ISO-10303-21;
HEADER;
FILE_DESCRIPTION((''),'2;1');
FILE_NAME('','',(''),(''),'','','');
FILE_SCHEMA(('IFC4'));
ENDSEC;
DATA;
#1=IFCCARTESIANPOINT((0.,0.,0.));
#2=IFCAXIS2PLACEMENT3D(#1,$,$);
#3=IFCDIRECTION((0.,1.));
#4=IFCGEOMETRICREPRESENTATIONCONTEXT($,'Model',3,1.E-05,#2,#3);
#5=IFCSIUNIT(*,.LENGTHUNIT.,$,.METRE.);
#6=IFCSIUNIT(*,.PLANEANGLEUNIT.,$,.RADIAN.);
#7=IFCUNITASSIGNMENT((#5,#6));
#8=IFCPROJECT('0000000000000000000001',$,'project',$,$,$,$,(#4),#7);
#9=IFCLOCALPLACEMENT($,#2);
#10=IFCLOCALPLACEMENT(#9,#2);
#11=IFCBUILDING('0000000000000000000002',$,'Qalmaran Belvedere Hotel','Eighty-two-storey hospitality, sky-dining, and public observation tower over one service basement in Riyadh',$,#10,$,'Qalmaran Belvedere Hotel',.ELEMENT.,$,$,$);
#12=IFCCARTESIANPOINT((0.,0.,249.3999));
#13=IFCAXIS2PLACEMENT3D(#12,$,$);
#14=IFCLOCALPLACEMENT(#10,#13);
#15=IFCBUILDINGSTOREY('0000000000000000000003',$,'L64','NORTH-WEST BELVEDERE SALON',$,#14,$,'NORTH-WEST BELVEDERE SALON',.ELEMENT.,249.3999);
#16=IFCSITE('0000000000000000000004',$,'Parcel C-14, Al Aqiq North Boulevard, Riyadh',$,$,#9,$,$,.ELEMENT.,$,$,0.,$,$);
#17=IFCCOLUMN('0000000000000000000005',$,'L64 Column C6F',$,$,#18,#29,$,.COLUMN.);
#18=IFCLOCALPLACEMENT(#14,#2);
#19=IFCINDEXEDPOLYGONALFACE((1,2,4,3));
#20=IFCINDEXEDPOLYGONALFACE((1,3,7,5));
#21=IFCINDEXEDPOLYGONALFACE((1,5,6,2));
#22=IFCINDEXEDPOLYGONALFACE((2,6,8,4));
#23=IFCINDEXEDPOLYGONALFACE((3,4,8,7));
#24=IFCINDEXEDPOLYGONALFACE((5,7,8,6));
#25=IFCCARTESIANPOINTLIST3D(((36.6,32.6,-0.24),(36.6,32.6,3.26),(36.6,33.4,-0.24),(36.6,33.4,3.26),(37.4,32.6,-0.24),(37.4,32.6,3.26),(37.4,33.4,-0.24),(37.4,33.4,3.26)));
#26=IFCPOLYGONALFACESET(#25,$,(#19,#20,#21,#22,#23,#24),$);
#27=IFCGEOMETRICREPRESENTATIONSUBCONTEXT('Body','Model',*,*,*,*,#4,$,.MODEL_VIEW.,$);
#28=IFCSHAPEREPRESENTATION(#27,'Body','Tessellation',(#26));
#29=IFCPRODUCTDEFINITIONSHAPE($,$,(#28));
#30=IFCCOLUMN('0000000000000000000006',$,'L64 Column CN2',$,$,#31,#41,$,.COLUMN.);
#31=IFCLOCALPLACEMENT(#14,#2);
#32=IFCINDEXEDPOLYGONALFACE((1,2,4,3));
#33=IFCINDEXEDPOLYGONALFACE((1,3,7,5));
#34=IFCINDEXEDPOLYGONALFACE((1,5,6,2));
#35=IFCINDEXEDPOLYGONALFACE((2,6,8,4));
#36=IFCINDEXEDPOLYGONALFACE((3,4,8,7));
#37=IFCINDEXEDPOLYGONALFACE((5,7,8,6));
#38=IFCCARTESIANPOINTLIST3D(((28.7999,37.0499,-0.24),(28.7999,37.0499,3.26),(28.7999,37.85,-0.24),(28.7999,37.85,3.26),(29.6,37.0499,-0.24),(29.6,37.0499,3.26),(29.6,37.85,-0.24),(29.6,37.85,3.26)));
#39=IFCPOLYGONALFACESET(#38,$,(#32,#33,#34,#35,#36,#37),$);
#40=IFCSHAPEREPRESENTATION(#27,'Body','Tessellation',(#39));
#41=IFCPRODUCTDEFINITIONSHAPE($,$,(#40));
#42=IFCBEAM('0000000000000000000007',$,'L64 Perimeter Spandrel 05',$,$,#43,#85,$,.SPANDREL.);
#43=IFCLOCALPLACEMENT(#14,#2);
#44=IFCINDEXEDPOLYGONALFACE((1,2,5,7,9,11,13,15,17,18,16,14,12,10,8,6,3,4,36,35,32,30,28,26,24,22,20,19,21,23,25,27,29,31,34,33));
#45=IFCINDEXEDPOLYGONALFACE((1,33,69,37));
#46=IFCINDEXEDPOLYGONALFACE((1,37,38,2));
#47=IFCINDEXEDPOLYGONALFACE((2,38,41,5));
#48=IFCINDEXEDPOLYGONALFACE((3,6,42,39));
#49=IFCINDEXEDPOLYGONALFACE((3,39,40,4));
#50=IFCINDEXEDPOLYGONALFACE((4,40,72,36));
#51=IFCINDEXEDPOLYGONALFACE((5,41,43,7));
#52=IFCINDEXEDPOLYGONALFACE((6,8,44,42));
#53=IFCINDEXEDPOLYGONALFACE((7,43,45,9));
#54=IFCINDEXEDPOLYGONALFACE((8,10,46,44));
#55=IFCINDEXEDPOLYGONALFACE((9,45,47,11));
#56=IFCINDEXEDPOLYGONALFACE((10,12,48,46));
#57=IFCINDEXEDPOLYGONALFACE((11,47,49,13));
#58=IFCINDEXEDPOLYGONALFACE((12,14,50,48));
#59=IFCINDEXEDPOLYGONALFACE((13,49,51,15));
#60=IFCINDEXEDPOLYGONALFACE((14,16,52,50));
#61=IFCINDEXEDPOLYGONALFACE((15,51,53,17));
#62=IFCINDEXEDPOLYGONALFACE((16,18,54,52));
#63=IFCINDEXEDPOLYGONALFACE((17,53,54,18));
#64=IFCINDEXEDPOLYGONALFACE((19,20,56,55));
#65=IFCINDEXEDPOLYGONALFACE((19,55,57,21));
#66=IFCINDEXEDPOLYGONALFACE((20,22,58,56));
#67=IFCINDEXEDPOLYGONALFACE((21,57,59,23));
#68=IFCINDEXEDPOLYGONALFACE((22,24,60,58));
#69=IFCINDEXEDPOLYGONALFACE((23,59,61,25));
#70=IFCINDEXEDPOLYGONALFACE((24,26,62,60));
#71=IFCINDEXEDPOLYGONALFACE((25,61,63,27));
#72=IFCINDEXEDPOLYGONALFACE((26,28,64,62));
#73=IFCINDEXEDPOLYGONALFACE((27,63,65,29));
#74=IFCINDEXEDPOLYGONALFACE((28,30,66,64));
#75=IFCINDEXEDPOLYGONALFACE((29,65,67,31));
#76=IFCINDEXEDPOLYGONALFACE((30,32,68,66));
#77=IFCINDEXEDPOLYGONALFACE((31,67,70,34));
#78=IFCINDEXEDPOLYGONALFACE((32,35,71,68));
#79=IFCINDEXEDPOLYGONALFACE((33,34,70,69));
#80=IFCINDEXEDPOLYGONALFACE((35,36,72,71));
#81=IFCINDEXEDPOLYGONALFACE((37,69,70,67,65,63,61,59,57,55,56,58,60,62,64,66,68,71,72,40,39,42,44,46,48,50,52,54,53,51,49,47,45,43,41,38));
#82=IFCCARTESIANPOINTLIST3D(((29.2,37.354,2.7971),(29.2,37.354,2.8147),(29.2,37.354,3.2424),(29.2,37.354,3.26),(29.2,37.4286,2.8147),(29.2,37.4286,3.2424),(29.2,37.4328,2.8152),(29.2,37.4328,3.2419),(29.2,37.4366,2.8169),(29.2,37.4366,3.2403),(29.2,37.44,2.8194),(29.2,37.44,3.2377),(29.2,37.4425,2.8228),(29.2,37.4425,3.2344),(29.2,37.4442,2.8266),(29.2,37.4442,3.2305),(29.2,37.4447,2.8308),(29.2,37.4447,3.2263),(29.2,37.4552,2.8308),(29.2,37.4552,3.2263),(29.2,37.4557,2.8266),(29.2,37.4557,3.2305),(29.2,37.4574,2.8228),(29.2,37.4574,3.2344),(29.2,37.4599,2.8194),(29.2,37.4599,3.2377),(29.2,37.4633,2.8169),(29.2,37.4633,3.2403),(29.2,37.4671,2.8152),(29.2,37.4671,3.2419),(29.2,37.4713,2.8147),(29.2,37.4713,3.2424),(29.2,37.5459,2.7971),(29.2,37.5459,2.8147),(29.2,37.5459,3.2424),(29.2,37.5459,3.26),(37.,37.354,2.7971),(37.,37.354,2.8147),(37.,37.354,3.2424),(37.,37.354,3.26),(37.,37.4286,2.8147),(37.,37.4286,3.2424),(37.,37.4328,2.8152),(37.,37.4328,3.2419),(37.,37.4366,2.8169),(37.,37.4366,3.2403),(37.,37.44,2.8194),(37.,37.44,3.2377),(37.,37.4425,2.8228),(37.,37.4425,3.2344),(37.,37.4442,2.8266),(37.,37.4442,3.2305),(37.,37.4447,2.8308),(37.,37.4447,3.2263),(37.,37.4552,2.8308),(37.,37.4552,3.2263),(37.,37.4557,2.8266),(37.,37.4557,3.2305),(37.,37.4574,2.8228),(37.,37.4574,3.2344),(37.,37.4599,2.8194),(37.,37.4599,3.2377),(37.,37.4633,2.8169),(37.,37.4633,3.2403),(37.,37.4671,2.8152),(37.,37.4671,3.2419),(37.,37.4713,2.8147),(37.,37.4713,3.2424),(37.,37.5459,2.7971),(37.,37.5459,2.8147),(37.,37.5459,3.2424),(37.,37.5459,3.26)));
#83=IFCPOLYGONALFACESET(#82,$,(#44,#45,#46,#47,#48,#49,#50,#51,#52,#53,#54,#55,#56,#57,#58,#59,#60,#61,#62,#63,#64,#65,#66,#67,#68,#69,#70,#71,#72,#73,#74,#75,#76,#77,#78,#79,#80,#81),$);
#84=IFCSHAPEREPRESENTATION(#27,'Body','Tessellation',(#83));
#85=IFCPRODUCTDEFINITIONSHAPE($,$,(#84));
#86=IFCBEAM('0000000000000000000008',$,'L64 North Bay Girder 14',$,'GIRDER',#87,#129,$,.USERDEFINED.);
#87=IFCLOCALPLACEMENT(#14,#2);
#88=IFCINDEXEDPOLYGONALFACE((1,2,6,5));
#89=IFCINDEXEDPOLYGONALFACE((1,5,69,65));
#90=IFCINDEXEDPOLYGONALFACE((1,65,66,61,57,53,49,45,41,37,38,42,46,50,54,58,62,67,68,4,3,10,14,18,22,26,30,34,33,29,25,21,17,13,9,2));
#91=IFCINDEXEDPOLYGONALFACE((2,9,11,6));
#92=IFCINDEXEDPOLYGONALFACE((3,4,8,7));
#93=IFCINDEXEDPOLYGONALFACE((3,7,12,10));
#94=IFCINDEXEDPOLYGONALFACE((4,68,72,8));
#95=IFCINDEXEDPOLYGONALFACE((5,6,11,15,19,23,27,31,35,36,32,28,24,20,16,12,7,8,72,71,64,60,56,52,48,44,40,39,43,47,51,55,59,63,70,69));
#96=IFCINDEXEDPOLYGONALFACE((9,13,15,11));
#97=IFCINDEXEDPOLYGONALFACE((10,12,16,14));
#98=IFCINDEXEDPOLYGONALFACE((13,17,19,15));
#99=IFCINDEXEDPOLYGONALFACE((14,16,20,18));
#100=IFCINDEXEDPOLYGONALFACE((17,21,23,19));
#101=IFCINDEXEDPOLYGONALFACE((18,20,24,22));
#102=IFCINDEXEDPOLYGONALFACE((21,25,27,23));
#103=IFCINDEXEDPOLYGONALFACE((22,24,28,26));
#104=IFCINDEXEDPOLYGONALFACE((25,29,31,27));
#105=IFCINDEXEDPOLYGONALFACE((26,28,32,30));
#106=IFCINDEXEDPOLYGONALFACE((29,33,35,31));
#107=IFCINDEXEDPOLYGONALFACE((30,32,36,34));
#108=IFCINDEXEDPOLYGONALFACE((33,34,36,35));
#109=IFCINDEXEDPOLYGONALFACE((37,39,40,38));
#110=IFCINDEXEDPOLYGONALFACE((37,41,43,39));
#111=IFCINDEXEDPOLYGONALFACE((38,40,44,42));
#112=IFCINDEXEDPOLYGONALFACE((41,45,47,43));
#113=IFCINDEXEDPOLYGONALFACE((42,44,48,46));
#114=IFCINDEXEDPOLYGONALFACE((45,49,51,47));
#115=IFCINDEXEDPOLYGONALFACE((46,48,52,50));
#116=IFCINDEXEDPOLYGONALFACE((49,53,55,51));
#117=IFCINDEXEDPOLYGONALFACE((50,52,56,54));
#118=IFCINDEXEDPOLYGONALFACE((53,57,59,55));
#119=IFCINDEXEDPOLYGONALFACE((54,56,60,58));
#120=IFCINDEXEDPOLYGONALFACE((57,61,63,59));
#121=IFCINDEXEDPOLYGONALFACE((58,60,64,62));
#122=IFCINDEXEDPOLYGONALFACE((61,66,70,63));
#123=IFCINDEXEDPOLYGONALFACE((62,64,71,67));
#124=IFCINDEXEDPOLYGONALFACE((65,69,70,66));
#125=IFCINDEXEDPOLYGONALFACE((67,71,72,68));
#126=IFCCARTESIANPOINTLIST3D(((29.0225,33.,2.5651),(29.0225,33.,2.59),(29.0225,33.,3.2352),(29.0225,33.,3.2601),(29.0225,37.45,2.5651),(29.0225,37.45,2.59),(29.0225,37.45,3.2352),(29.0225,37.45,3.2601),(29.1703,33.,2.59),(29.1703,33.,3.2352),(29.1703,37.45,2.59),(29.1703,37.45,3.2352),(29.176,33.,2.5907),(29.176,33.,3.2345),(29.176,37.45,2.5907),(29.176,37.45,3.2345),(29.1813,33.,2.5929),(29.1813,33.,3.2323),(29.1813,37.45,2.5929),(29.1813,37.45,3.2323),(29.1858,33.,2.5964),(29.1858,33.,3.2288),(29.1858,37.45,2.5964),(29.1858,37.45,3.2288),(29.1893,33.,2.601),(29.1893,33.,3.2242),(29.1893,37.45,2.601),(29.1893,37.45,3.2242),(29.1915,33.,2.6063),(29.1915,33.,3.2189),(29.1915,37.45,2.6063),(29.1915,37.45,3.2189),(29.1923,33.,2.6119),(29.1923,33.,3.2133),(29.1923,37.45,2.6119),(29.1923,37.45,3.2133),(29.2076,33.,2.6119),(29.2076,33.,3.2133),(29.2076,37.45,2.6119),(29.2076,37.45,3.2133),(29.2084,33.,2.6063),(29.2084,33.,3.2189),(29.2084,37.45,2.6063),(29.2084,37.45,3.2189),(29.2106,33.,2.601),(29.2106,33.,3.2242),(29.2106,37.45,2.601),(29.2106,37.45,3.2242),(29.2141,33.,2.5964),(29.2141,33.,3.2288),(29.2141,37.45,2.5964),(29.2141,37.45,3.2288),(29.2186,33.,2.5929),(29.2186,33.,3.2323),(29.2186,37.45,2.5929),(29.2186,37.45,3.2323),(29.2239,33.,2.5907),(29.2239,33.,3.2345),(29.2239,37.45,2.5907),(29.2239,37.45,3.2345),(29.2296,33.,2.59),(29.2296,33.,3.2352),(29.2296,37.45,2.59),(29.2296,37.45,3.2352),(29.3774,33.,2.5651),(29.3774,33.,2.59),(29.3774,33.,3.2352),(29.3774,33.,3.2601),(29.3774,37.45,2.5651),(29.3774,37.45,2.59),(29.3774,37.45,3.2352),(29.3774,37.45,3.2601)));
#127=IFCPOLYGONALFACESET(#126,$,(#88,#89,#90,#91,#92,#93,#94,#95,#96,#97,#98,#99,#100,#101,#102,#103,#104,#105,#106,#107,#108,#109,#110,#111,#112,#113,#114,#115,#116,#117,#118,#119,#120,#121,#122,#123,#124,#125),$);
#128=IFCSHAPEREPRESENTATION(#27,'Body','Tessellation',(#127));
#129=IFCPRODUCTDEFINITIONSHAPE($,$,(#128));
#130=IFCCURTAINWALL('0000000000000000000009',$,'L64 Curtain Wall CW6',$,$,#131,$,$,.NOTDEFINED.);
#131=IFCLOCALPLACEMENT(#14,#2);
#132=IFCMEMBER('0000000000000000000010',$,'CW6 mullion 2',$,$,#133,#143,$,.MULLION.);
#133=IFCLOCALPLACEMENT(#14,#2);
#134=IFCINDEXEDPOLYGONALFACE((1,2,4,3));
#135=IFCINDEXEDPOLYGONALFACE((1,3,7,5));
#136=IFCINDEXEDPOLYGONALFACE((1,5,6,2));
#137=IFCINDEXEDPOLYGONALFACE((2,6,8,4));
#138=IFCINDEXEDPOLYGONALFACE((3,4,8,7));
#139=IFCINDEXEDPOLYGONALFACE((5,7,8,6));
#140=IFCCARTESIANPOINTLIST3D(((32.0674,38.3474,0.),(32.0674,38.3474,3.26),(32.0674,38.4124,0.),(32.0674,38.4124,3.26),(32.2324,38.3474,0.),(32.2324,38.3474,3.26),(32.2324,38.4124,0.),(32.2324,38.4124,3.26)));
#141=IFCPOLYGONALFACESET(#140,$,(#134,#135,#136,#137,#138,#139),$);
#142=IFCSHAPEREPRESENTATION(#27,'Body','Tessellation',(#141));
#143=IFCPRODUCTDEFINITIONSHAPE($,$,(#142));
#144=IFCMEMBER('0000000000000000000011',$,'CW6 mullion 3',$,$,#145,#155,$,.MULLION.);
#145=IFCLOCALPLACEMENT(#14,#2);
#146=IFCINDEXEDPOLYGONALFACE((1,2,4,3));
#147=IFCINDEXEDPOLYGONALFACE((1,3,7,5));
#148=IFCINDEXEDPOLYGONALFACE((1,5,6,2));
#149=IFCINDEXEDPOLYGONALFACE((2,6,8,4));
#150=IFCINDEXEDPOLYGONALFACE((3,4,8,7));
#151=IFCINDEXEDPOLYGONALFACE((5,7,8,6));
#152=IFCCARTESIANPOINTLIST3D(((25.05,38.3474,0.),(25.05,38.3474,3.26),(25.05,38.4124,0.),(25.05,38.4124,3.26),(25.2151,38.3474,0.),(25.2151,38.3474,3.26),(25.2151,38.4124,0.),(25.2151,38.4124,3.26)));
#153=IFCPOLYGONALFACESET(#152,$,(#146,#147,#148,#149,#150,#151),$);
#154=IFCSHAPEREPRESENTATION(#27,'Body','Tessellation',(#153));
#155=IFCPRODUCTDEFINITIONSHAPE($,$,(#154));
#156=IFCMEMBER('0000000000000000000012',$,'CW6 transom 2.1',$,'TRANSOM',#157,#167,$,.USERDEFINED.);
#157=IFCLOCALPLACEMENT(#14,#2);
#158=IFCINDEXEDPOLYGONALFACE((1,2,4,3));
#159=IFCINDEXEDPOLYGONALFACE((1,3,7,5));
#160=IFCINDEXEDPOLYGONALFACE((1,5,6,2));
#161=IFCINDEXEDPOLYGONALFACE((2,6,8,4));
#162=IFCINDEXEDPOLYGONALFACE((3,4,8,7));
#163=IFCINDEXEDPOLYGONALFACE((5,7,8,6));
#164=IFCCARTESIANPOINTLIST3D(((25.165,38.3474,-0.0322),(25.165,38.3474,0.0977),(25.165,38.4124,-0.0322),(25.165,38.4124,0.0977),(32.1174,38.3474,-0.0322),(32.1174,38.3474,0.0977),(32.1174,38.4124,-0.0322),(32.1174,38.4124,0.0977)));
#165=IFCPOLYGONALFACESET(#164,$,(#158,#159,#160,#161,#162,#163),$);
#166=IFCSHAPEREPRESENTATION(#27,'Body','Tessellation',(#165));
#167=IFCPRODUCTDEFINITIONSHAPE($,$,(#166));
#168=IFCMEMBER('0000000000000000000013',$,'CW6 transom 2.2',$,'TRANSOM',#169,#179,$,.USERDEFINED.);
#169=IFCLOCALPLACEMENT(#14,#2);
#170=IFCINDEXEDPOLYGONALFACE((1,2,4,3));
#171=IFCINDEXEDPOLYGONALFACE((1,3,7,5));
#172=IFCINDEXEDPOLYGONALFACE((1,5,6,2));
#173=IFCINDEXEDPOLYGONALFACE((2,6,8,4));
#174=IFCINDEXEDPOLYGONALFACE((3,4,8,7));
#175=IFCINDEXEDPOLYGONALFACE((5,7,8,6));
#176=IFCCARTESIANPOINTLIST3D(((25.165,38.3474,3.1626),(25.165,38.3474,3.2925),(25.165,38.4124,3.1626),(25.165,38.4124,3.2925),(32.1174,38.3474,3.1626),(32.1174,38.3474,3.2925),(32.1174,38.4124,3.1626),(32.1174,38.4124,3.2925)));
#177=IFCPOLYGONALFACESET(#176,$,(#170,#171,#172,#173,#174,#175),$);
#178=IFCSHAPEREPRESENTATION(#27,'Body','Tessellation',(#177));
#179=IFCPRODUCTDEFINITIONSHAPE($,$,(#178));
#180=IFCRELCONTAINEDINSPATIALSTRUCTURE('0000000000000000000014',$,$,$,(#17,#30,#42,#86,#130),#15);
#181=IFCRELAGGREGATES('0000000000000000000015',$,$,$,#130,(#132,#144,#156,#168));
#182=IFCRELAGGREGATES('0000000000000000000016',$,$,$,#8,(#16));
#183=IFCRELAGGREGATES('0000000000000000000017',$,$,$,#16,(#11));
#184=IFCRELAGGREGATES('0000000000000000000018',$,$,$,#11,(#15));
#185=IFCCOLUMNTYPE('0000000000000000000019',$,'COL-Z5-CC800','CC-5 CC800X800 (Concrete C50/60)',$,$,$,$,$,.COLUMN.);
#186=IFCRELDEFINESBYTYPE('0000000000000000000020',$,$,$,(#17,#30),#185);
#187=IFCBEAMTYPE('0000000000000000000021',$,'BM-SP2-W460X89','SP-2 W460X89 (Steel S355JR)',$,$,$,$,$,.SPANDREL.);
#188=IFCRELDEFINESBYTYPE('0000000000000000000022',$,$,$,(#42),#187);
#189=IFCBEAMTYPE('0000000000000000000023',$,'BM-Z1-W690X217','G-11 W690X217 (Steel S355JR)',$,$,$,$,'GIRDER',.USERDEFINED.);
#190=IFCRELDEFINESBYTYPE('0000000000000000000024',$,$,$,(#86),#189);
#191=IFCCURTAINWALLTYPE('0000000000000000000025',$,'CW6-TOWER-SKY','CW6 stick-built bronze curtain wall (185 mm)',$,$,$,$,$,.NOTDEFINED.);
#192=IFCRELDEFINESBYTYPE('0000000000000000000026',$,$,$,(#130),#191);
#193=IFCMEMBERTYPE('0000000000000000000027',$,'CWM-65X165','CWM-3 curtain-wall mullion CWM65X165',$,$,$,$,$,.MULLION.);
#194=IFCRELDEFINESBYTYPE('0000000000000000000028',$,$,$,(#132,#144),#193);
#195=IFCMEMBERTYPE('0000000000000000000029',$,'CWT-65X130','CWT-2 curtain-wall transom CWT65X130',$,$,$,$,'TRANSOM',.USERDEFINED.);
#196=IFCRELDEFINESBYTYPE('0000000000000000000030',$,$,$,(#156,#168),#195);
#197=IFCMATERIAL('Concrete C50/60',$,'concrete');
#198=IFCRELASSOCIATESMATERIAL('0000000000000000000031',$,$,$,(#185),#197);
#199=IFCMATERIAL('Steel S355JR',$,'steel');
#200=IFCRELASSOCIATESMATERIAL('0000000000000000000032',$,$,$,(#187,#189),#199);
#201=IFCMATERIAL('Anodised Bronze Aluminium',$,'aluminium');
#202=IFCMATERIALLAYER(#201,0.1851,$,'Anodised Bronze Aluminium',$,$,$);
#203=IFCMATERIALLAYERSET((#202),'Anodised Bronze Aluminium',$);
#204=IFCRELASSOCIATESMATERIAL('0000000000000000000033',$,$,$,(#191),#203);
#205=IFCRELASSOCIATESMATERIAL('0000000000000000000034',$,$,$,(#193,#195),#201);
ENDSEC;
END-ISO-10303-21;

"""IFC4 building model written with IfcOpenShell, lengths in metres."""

from ifc_helpers import new_model, si_unit, direction, frame, origin, origin_2d, place, context, subcontext, project, spatial, rectangle, i_section, extrude, material, layer, layer_set, material_profile, profile_set, type_object, element, aggregate, save


model = new_model("IFC4")

# Units and contexts
model_context = context("Model", 3, precision=1e-05, world=origin(), true_north=direction((0.0, 1.0)))
body_context = subcontext(model_context, "Body", "Model", "MODEL_VIEW")
ifc_project = project(units=[si_unit("LENGTHUNIT", "METRE"), si_unit("PLANEANGLEUNIT", "RADIAN")], contexts=[model_context])

# Site, building, storey
site_placement = place(None, origin())
site = spatial("IfcSite", under=ifc_project, at=site_placement, Name="Parcel C-14, Al Aqiq North Boulevard, Riyadh", CompositionType="ELEMENT", RefElevation=0.0)
building_placement = place(site_placement, origin())
building = spatial("IfcBuilding", under=site, at=building_placement, Name="Qalmaran Belvedere Hotel", Description="Eighty-two-storey hospitality, sky-dining, and public observation tower over one service basement in Riyadh", LongName="Qalmaran Belvedere Hotel", CompositionType="ELEMENT")
storey_placement = place(building_placement, frame((0.0, 0.0, 249.3999)))
storey = spatial("IfcBuildingStorey", under=building, at=storey_placement, Name="L64", Description="NORTH-WEST BELVEDERE SALON", LongName="NORTH-WEST BELVEDERE SALON", CompositionType="ELEMENT", Elevation=249.3999)

# Columns
ifc_material_1 = material(Name="Concrete C50/60", Category="concrete")
ifc_material_profile_1 = material_profile(ifc_material_1, rectangle(XDim=0.8, YDim=0.8, at=origin_2d()), Name="CC800X800")
ifc_profile_set_1 = profile_set([ifc_material_profile_1], Name="Concrete C50/60")
column_type = type_object("IfcColumnType", Name="COL-Z5-CC800", Description="CC-5 CC800X800 (Concrete C50/60)", PredefinedType="COLUMN", material=ifc_profile_set_1)
for number, where, z_axis, x_axis, name in (
    (1, (37.0, 33.0, -0.24), (0.0, 0.0, 1.0), (1.0, 0.0, 0.0), "L64 Column C6F"),
    (2, (29.2, 37.45, -0.24), (0.0, 0.0, 1.0), (1.0, 0.0, 0.0), "L64 Column CN2"),
):
    element("IfcColumn", number, at=place(storey_placement, frame(where, z_axis=z_axis, x_axis=x_axis)), inside=storey, type_object=column_type, Name=name, PredefinedType="COLUMN", context=body_context, shape_type="SweptSolid", body=[
        extrude(rectangle(XDim=0.8, YDim=0.8, at=origin_2d()), origin(), (0.0, 0.0, 1.0), 3.5),
    ])

# Beams
ifc_material_2 = material(Name="Steel S355JR", Category="steel")
ifc_material_profile_2 = material_profile(ifc_material_2, i_section(OverallWidth=0.1919, OverallDepth=0.4629, WebThickness=0.0105, FlangeThickness=0.0176, FilletRadius=0.0161, at=origin_2d()), Name="W460X89")
ifc_profile_set_2 = profile_set([ifc_material_profile_2], Name="Steel S355JR")
beam_type_1 = type_object("IfcBeamType", Name="BM-SP2-W460X89", Description="SP-2 W460X89 (Steel S355JR)", PredefinedType="SPANDREL", material=ifc_profile_set_2)
beam_1_placement = place(storey_placement, frame((29.2, 37.45, 3.0286), z_axis=(1.0, 0.0, 0.0), x_axis=(0.0, 1.0, 0.0)))
element("IfcBeam", 3, at=beam_1_placement, inside=storey, type_object=beam_type_1, Name="L64 Perimeter Spandrel 05", PredefinedType="SPANDREL", context=body_context, shape_type="SweptSolid", body=[
    extrude(i_section(OverallWidth=0.1919, OverallDepth=0.4629, WebThickness=0.0105, FlangeThickness=0.0176, FilletRadius=0.0161, at=origin_2d()), origin(), (0.0, 0.0, 1.0), 7.8),
])
ifc_material_profile_3 = material_profile(ifc_material_2, i_section(OverallWidth=0.355, OverallDepth=0.6951, WebThickness=0.0154, FlangeThickness=0.0249, FilletRadius=0.022, at=origin_2d()), Name="W690X217")
ifc_profile_set_3 = profile_set([ifc_material_profile_3], Name="Steel S355JR")
beam_type_2 = type_object("IfcBeamType", Name="BM-Z1-W690X217", Description="G-11 W690X217 (Steel S355JR)", ElementType="GIRDER", PredefinedType="USERDEFINED", material=ifc_profile_set_3)
beam_2_placement = place(storey_placement, frame((29.2, 33.0, 2.9126), z_axis=(0.0, 1.0, 0.0), x_axis=(-1.0, 0.0, 0.0)))
element("IfcBeam", 4, at=beam_2_placement, inside=storey, type_object=beam_type_2, Name="L64 North Bay Girder 14", ObjectType="GIRDER", PredefinedType="USERDEFINED", context=body_context, shape_type="SweptSolid", body=[
    extrude(i_section(OverallWidth=0.355, OverallDepth=0.6951, WebThickness=0.0154, FlangeThickness=0.0249, FilletRadius=0.022, at=origin_2d()), origin(), (0.0, 0.0, 1.0), 4.45),
])

# Curtain wall, members
ifc_material_3 = material(Name="Anodised Bronze Aluminium", Category="aluminium")
ifc_layer_1 = layer(ifc_material_3, 0.1851, Name="Anodised Bronze Aluminium")
ifc_layer_set_1 = layer_set([ifc_layer_1], Name="Anodised Bronze Aluminium")
curtain_wall_type = type_object("IfcCurtainWallType", Name="CW6-TOWER-SKY", Description="CW6 stick-built bronze curtain wall (185 mm)", PredefinedType="NOTDEFINED", material=ifc_layer_set_1)
curtain_wall_placement = place(storey_placement, origin())
curtain_wall = element("IfcCurtainWall", 5, at=curtain_wall_placement, inside=storey, type_object=curtain_wall_type, Name="L64 Curtain Wall CW6", PredefinedType="NOTDEFINED")
ifc_material_profile_4 = material_profile(ifc_material_3, rectangle(XDim=0.0649, YDim=0.165, at=origin_2d()), Name="CWM65X165")
ifc_profile_set_4 = profile_set([ifc_material_profile_4], Name="Anodised Bronze Aluminium")
member_type_1 = type_object("IfcMemberType", Name="CWM-65X165", Description="CWM-3 curtain-wall mullion CWM65X165", PredefinedType="MULLION", material=ifc_profile_set_4)
member_1_placement = place(storey_placement, frame((32.1499, 38.3799, 0.0), z_axis=(0.0, 0.0, 1.0), x_axis=(0.0, -1.0, 0.0)))
member_1 = element("IfcMember", 6, at=member_1_placement, type_object=member_type_1, Name="CW6 mullion 2", PredefinedType="MULLION", context=body_context, shape_type="SweptSolid", body=[
    extrude(rectangle(XDim=0.0649, YDim=0.165, at=origin_2d()), origin(), (0.0, 0.0, 1.0), 3.26),
])
member_2_placement = place(storey_placement, frame((25.1326, 38.3799, 0.0), z_axis=(0.0, 0.0, 1.0), x_axis=(0.0, -1.0, 0.0)))
member_2 = element("IfcMember", 7, at=member_2_placement, type_object=member_type_1, Name="CW6 mullion 3", PredefinedType="MULLION", context=body_context, shape_type="SweptSolid", body=[
    extrude(rectangle(XDim=0.0649, YDim=0.165, at=origin_2d()), origin(), (0.0, 0.0, 1.0), 3.26),
])
ifc_material_profile_5 = material_profile(ifc_material_3, rectangle(XDim=0.0649, YDim=0.1299, at=origin_2d()), Name="CWT65X130")
ifc_profile_set_5 = profile_set([ifc_material_profile_5], Name="Anodised Bronze Aluminium")
member_type_2 = type_object("IfcMemberType", Name="CWT-65X130", Description="CWT-2 curtain-wall transom CWT65X130", ElementType="TRANSOM", PredefinedType="USERDEFINED", material=ifc_profile_set_5)
member_3_placement = place(storey_placement, frame((32.1174, 38.3799, 0.0327), z_axis=(-1.0, 0.0, 0.0), x_axis=(0.0, -1.0, 0.0)))
member_3 = element("IfcMember", 8, at=member_3_placement, type_object=member_type_2, Name="CW6 transom 2.1", ObjectType="TRANSOM", PredefinedType="USERDEFINED", context=body_context, shape_type="SweptSolid", body=[
    extrude(rectangle(XDim=0.0649, YDim=0.1299, at=origin_2d()), origin(), (0.0, 0.0, 1.0), 6.9524),
])
member_4_placement = place(storey_placement, frame((32.1174, 38.3799, 3.2275), z_axis=(-1.0, 0.0, 0.0), x_axis=(0.0, -1.0, 0.0)))
member_4 = element("IfcMember", 9, at=member_4_placement, type_object=member_type_2, Name="CW6 transom 2.2", ObjectType="TRANSOM", PredefinedType="USERDEFINED", context=body_context, shape_type="SweptSolid", body=[
    extrude(rectangle(XDim=0.0649, YDim=0.1299, at=origin_2d()), origin(), (0.0, 0.0, 1.0), 6.9524),
])
aggregate(curtain_wall, [member_1, member_2, member_3, member_4])

save(model, "model.ifc")
